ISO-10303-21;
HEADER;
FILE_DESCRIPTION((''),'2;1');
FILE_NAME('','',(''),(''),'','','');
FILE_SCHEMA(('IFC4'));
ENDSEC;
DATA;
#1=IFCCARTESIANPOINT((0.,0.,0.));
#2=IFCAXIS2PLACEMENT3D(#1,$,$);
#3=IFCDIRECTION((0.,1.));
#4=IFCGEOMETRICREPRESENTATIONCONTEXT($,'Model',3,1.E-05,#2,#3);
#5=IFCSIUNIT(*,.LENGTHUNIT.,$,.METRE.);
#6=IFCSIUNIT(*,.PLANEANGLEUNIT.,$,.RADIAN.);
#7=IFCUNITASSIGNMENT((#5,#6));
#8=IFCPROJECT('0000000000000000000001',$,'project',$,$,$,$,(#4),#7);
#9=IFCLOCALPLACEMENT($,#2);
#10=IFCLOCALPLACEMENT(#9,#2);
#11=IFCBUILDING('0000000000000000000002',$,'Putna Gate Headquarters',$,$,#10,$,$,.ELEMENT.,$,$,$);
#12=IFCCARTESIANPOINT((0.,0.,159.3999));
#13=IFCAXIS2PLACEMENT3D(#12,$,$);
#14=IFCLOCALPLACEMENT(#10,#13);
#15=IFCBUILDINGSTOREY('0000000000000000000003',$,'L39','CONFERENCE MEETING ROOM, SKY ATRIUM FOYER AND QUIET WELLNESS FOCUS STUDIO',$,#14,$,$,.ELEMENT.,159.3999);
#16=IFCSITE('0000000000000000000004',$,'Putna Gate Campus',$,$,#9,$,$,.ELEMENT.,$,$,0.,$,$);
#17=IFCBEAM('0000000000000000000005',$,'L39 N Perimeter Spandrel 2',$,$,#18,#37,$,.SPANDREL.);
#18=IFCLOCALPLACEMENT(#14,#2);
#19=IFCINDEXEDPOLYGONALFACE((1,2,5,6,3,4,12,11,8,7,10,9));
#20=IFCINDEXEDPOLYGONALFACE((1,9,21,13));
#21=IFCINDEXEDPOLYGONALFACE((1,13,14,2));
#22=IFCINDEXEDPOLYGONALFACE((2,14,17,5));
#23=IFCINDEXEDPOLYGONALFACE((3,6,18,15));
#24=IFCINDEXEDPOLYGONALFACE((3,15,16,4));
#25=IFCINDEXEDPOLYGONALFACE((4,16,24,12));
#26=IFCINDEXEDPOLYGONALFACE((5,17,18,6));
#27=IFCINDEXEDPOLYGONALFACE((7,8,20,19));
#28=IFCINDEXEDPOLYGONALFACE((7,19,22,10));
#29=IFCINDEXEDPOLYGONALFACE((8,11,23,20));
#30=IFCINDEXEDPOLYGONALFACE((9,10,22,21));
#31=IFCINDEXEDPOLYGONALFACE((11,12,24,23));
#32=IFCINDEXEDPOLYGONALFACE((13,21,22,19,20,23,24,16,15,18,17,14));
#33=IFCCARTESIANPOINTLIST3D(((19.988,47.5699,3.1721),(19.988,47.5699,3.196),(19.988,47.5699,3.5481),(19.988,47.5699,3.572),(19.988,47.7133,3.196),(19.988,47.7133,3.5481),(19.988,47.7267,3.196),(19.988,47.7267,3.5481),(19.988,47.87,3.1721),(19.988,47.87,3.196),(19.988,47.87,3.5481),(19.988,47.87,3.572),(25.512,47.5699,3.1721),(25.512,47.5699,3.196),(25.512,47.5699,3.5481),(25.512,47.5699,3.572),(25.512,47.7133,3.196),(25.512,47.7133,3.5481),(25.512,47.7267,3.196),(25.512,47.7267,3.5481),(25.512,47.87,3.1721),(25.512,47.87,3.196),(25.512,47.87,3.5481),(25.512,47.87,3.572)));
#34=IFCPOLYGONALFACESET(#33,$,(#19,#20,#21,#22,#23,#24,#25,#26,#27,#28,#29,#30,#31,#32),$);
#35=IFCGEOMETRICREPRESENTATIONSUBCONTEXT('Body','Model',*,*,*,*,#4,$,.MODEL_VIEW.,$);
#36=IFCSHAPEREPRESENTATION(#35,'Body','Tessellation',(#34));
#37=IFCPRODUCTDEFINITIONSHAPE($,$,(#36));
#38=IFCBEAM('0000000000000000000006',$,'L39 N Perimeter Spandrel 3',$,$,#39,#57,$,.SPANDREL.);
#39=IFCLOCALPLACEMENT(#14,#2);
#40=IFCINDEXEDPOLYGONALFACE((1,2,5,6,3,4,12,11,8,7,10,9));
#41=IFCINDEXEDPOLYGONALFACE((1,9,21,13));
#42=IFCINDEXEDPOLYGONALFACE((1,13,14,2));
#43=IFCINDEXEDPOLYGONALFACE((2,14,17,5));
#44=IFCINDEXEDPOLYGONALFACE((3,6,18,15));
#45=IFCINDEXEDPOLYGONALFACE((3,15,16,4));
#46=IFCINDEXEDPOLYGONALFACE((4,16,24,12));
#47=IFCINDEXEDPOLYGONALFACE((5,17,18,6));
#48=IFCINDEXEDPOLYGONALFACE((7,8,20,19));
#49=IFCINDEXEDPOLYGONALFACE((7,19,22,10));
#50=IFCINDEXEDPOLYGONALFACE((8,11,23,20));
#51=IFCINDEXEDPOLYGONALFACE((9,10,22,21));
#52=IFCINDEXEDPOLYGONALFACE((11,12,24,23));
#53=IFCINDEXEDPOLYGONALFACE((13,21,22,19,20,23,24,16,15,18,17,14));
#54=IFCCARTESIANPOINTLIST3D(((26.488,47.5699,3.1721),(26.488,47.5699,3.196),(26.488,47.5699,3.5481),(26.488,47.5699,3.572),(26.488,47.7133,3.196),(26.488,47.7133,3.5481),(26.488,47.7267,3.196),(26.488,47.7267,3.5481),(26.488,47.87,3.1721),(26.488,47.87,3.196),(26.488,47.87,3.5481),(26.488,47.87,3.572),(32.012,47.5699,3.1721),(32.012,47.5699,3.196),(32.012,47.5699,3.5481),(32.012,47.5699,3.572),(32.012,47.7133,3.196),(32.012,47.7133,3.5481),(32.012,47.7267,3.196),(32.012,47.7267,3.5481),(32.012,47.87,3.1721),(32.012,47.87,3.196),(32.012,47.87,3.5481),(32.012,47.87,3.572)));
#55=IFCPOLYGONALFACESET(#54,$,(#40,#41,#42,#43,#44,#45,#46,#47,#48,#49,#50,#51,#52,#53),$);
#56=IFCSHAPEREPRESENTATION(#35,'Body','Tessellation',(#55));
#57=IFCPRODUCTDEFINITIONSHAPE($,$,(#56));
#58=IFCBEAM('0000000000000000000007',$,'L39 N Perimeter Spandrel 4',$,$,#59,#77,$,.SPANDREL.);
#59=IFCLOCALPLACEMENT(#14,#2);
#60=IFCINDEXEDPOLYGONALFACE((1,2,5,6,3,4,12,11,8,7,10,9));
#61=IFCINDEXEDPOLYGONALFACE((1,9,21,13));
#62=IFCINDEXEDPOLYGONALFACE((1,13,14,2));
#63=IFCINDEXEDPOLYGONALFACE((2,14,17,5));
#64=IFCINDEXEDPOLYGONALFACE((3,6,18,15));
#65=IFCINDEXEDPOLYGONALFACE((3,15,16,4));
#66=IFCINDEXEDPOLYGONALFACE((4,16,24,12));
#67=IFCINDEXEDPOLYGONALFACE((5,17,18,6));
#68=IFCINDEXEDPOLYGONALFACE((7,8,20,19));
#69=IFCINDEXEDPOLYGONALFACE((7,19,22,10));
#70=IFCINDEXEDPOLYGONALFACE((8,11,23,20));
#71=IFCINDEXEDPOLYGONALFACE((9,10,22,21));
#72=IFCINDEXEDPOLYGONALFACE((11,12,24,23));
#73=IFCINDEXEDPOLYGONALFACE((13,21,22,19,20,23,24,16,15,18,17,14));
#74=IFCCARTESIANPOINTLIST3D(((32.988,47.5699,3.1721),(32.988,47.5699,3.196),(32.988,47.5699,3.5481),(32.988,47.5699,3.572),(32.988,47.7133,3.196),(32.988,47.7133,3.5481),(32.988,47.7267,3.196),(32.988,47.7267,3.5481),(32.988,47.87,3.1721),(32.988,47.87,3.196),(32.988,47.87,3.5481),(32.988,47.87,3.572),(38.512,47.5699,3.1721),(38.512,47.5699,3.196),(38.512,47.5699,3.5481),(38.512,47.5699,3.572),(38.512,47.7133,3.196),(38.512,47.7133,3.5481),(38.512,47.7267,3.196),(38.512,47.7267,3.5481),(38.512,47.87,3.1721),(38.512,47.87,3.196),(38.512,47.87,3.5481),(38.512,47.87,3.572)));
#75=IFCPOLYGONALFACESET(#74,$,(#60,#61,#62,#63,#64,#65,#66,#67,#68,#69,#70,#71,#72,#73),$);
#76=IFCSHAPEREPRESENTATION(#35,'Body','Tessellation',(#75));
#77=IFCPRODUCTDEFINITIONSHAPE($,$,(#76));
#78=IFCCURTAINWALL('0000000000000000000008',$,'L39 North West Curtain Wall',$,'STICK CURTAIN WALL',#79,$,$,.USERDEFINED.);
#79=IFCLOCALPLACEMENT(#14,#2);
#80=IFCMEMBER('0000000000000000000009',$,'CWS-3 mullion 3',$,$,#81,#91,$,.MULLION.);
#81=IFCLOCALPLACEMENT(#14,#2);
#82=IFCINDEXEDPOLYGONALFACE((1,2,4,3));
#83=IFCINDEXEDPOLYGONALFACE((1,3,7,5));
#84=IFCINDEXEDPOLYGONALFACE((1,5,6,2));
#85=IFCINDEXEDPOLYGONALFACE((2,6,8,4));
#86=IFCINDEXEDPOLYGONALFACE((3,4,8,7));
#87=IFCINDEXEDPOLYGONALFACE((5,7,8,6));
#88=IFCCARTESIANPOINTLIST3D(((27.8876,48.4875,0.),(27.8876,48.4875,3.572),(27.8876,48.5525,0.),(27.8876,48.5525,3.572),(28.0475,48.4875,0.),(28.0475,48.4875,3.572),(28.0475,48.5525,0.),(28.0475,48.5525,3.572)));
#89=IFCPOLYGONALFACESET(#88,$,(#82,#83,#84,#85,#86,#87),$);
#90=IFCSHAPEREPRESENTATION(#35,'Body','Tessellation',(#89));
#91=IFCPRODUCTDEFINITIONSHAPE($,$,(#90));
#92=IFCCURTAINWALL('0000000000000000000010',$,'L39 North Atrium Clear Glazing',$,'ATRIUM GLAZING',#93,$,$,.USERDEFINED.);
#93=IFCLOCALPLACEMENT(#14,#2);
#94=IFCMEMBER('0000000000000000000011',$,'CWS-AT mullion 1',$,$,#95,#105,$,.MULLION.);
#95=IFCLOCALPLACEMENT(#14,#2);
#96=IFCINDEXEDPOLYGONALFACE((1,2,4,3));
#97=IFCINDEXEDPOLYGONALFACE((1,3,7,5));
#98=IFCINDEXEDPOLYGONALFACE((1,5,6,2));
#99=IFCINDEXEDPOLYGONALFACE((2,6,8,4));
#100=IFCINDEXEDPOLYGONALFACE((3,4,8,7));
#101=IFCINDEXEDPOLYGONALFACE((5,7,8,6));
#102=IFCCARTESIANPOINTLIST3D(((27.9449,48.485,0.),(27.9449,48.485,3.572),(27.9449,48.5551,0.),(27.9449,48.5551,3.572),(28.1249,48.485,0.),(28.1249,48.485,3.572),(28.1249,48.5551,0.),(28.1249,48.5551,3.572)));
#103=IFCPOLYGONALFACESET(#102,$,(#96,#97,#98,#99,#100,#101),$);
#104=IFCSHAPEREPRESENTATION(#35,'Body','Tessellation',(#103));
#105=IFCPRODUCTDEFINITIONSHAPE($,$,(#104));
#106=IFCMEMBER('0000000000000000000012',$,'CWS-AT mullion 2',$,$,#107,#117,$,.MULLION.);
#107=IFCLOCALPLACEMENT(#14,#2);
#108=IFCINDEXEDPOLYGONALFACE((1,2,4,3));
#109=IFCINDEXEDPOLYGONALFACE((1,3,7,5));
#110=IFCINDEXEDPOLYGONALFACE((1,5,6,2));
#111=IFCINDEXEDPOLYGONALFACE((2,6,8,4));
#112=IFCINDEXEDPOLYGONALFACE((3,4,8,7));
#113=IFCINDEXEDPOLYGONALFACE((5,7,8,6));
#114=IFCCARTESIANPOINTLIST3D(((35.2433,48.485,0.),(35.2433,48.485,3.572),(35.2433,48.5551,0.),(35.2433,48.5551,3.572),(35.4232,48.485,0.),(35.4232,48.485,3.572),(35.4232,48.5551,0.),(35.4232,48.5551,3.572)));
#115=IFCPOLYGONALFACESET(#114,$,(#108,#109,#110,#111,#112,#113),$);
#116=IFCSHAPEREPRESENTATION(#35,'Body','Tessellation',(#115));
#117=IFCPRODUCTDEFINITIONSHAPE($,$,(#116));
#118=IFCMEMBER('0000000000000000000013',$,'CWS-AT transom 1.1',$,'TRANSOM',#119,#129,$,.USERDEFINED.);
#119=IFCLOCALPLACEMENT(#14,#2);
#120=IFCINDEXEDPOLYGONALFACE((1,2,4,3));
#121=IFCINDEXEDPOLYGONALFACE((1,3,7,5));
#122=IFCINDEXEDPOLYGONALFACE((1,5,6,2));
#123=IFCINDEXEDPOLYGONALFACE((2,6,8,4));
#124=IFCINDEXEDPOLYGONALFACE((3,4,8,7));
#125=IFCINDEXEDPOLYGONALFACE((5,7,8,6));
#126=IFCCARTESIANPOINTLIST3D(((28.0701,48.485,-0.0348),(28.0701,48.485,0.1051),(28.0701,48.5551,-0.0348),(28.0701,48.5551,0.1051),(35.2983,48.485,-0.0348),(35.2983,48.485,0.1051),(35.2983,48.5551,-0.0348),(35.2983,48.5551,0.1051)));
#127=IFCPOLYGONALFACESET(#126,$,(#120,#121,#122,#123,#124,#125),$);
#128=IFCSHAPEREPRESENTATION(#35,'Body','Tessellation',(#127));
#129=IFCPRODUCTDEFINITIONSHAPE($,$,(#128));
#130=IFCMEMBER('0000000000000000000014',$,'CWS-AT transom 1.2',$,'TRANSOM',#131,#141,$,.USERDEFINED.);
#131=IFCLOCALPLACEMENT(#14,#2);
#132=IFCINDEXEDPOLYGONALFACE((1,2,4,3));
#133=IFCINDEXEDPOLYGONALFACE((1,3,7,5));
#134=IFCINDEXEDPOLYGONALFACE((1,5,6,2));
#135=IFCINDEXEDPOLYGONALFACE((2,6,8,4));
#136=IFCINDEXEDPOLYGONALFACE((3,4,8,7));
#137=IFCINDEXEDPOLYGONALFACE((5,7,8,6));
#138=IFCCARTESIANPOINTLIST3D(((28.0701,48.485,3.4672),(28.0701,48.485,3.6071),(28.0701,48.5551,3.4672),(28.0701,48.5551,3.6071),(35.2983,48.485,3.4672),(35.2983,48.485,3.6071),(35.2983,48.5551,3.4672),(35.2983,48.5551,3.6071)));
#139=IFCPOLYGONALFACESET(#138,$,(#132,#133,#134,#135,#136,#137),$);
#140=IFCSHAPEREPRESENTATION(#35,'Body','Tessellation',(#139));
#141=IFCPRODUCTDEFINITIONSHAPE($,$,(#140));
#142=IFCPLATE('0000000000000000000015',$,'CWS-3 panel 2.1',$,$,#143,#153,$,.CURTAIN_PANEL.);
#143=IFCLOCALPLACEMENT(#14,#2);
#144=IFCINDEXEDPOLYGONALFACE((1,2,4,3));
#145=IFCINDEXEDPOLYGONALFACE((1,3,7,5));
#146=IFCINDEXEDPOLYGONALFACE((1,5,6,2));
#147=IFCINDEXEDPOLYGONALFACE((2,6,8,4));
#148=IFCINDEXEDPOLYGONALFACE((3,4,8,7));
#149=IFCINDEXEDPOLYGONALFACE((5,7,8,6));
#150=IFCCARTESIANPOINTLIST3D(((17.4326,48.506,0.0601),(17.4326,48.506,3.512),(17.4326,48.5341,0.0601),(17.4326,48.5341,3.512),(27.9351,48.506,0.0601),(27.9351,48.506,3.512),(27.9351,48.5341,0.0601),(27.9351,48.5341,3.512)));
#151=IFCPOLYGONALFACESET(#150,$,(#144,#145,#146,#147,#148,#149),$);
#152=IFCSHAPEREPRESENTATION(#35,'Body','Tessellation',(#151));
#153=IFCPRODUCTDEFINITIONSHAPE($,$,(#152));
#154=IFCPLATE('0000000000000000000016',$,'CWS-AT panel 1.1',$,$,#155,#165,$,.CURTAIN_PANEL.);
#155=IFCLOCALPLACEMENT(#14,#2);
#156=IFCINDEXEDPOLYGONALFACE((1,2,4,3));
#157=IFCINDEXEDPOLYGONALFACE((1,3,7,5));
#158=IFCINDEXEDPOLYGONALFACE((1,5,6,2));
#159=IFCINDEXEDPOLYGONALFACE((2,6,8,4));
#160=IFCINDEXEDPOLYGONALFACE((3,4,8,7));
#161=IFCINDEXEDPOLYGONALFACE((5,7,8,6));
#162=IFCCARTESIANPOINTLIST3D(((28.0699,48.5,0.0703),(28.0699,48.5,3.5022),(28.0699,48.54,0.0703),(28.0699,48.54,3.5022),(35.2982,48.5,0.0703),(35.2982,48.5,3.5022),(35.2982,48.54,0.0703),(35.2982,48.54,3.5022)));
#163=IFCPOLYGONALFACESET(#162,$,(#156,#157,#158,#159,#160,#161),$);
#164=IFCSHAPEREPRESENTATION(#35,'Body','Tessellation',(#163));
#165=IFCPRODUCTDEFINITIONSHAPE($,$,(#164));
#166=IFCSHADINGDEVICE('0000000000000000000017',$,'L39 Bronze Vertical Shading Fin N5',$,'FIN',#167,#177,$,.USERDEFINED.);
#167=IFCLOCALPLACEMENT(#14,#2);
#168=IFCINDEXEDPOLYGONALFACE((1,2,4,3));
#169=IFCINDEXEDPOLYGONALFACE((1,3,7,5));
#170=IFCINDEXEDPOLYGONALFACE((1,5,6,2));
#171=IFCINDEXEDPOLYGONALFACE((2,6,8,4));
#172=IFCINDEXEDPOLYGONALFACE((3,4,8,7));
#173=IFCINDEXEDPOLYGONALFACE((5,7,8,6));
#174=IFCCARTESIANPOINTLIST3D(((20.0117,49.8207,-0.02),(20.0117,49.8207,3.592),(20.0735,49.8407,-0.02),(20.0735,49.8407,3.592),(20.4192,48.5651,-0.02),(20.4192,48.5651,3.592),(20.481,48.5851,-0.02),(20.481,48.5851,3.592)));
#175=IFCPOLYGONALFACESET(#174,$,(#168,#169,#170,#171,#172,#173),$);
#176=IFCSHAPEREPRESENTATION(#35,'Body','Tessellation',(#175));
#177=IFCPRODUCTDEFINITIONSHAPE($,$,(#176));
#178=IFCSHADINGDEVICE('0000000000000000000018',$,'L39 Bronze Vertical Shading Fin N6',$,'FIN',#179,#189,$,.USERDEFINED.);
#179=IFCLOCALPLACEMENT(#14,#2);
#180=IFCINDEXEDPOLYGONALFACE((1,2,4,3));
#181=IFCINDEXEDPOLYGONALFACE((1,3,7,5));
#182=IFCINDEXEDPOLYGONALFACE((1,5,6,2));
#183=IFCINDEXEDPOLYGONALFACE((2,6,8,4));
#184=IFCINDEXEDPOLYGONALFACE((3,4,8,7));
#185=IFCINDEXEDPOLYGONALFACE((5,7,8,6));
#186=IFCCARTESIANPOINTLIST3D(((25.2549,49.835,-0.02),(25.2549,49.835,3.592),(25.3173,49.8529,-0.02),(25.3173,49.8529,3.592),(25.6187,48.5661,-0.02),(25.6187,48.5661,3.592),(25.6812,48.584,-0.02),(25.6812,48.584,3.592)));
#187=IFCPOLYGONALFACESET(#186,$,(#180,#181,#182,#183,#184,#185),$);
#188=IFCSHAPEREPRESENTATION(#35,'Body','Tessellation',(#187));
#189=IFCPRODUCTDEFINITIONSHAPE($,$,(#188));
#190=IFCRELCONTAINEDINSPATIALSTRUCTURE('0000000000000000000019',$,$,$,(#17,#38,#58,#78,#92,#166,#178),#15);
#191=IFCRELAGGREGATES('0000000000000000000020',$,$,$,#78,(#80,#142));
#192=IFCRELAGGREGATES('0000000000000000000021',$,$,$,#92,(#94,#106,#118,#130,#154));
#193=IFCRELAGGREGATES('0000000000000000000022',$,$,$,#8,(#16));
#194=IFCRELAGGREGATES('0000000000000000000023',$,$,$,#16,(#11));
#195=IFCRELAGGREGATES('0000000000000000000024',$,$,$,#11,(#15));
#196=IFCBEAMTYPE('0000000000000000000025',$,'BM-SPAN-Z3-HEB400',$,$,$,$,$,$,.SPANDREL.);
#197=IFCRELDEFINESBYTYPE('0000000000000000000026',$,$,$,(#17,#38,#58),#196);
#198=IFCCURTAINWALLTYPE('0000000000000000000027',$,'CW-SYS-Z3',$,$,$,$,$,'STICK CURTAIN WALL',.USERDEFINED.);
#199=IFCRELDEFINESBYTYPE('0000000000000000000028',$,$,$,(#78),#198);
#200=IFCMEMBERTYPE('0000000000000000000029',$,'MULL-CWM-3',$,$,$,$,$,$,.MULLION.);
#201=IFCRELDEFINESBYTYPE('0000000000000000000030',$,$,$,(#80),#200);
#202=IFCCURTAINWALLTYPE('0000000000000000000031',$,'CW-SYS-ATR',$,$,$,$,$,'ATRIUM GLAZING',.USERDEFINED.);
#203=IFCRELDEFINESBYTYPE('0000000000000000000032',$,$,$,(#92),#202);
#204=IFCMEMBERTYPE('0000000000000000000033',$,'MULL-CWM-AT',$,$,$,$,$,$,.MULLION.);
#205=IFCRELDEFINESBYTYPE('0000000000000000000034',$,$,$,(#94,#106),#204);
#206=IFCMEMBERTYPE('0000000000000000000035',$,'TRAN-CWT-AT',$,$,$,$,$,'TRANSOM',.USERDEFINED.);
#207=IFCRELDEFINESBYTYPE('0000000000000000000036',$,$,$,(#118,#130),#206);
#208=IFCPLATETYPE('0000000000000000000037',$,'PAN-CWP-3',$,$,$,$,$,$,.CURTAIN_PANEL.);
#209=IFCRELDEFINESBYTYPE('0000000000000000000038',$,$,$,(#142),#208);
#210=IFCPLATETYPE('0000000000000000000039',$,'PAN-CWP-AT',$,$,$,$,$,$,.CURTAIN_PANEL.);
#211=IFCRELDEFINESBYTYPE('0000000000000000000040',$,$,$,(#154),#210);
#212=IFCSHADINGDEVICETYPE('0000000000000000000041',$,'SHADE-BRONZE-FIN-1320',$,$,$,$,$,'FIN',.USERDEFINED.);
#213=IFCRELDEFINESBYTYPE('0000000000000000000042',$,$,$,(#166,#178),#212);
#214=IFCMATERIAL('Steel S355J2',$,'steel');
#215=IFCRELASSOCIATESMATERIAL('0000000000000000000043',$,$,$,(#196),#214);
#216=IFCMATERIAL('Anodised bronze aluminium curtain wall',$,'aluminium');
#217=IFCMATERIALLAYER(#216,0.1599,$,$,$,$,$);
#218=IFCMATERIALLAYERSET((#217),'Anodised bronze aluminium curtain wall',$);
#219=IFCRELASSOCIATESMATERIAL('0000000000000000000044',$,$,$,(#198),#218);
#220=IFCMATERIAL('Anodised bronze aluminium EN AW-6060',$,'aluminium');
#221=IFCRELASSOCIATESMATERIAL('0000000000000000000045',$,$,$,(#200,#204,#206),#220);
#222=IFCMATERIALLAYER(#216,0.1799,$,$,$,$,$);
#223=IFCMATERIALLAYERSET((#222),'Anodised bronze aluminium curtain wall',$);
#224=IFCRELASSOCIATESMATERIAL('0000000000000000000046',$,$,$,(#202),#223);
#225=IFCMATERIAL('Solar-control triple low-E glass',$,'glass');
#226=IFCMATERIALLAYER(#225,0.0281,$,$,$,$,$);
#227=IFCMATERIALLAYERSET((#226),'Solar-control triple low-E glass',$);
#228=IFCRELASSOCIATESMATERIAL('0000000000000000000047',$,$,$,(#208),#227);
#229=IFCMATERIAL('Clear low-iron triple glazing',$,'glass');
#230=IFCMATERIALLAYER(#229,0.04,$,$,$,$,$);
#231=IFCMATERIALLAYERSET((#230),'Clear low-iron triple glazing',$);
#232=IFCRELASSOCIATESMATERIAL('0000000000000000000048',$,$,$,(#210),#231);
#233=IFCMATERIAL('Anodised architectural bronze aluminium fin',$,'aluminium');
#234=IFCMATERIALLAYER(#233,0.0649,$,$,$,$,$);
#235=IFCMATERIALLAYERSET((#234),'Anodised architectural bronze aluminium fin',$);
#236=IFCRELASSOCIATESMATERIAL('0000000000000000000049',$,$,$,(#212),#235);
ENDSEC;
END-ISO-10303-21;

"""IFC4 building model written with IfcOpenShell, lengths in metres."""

from ifc_helpers import new_model, si_unit, direction, frame, origin, origin_2d, place, context, subcontext, project, spatial, rectangle, i_section, extrude, material, layer, layer_set, material_profile, profile_set, type_object, element, aggregate, save


model = new_model("IFC4")

# Units and contexts
model_context = context("Model", 3, precision=1e-05, world=origin(), true_north=direction((0.0, 1.0)))
body_context = subcontext(model_context, "Body", "Model", "MODEL_VIEW")
ifc_project = project(units=[si_unit("LENGTHUNIT", "METRE"), si_unit("PLANEANGLEUNIT", "RADIAN")], contexts=[model_context])

# Site, building, storey
site_placement = place(None, origin())
site = spatial("IfcSite", under=ifc_project, at=site_placement, Name="Putna Gate Campus", CompositionType="ELEMENT", RefElevation=0.0)
building_placement = place(site_placement, origin())
building = spatial("IfcBuilding", under=site, at=building_placement, Name="Putna Gate Headquarters", CompositionType="ELEMENT")
storey_placement = place(building_placement, frame((0.0, 0.0, 159.3999)))
storey = spatial("IfcBuildingStorey", under=building, at=storey_placement, Name="L39", Description="CONFERENCE MEETING ROOM, SKY ATRIUM FOYER AND QUIET WELLNESS FOCUS STUDIO", CompositionType="ELEMENT", Elevation=159.3999)

# Beams
ifc_material_1 = material(Name="Steel S355J2", Category="steel")
ifc_material_profile_1 = material_profile(ifc_material_1, i_section(OverallWidth=0.3, OverallDepth=0.3999, WebThickness=0.0134, FlangeThickness=0.0239, at=origin_2d()), Name="Steel S355J2")
ifc_profile_set_1 = profile_set([ifc_material_profile_1], Name="Steel S355J2")
beam_type_1 = type_object("IfcBeamType", Name="BM-SPAN-Z3-HEB400", PredefinedType="SPANDREL", material=ifc_profile_set_1)
for number, where, z_axis, x_axis, name in (
    (1, (19.988, 47.72, 3.3721), (1.0, 0.0, 0.0), (0.0, 1.0, 0.0), "L39 N Perimeter Spandrel 2"),
    (2, (26.488, 47.72, 3.3721), (1.0, 0.0, 0.0), (0.0, 1.0, 0.0), "L39 N Perimeter Spandrel 3"),
    (3, (32.988, 47.72, 3.3721), (1.0, 0.0, 0.0), (0.0, 1.0, 0.0), "L39 N Perimeter Spandrel 4"),
):
    element("IfcBeam", number, at=place(storey_placement, frame(where, z_axis=z_axis, x_axis=x_axis)), inside=storey, type_object=beam_type_1, Name=name, PredefinedType="SPANDREL", context=body_context, shape_type="SweptSolid", body=[
        extrude(i_section(OverallWidth=0.3, OverallDepth=0.3999, WebThickness=0.0134, FlangeThickness=0.0239, at=origin_2d()), origin(), (0.0, 0.0, 1.0), 5.5239),
    ])

# Curtain wall, member
ifc_material_2 = material(Name="Anodised bronze aluminium curtain wall", Category="aluminium")
ifc_layer_1 = layer(ifc_material_2, 0.1599)
ifc_layer_set_1 = layer_set([ifc_layer_1], Name="Anodised bronze aluminium curtain wall")
curtain_wall_type_1 = type_object("IfcCurtainWallType", Name="CW-SYS-Z3", ElementType="STICK CURTAIN WALL", PredefinedType="USERDEFINED", material=ifc_layer_set_1)
curtain_wall_1_placement = place(storey_placement, origin())
curtain_wall_1 = element("IfcCurtainWall", 4, at=curtain_wall_1_placement, inside=storey, type_object=curtain_wall_type_1, Name="L39 North West Curtain Wall", ObjectType="STICK CURTAIN WALL", PredefinedType="USERDEFINED")
ifc_material_3 = material(Name="Anodised bronze aluminium EN AW-6060", Category="aluminium")
ifc_material_profile_2 = material_profile(ifc_material_3, rectangle(XDim=0.0649, YDim=0.1599, at=origin_2d()), Name="Anodised bronze aluminium EN AW-6060")
ifc_profile_set_2 = profile_set([ifc_material_profile_2], Name="Anodised bronze aluminium EN AW-6060")
member_type_1 = type_object("IfcMemberType", Name="MULL-CWM-3", PredefinedType="MULLION", material=ifc_profile_set_2)
member_1_placement = place(storey_placement, frame((27.9675, 48.52, 0.0), z_axis=(0.0, 0.0, 1.0), x_axis=(0.0, 1.0, 0.0)))
member_1 = element("IfcMember", 5, at=member_1_placement, type_object=member_type_1, Name="CWS-3 mullion 3", PredefinedType="MULLION", context=body_context, shape_type="SweptSolid", body=[
    extrude(rectangle(XDim=0.0649, YDim=0.1599, at=origin_2d()), origin(), (0.0, 0.0, 1.0), 3.572),
])

# Curtain wall, members
ifc_layer_2 = layer(ifc_material_2, 0.1799)
ifc_layer_set_2 = layer_set([ifc_layer_2], Name="Anodised bronze aluminium curtain wall")
curtain_wall_type_2 = type_object("IfcCurtainWallType", Name="CW-SYS-ATR", ElementType="ATRIUM GLAZING", PredefinedType="USERDEFINED", material=ifc_layer_set_2)
curtain_wall_2_placement = place(storey_placement, origin())
curtain_wall_2 = element("IfcCurtainWall", 6, at=curtain_wall_2_placement, inside=storey, type_object=curtain_wall_type_2, Name="L39 North Atrium Clear Glazing", ObjectType="ATRIUM GLAZING", PredefinedType="USERDEFINED")
ifc_material_profile_3 = material_profile(ifc_material_3, rectangle(XDim=0.0701, YDim=0.1799, at=origin_2d()), Name="Anodised bronze aluminium EN AW-6060")
ifc_profile_set_3 = profile_set([ifc_material_profile_3], Name="Anodised bronze aluminium EN AW-6060")
member_type_2 = type_object("IfcMemberType", Name="MULL-CWM-AT", PredefinedType="MULLION", material=ifc_profile_set_3)
member_2_placement = place(storey_placement, frame((28.0349, 48.52, 0.0), z_axis=(0.0, 0.0, 1.0), x_axis=(0.0, 1.0, 0.0)))
member_2 = element("IfcMember", 7, at=member_2_placement, type_object=member_type_2, Name="CWS-AT mullion 1", PredefinedType="MULLION", context=body_context, shape_type="SweptSolid", body=[
    extrude(rectangle(XDim=0.0701, YDim=0.1799, at=origin_2d()), origin(), (0.0, 0.0, 1.0), 3.572),
])
member_3_placement = place(storey_placement, frame((35.3333, 48.52, 0.0), z_axis=(0.0, 0.0, 1.0), x_axis=(0.0, 1.0, 0.0)))
member_3 = element("IfcMember", 8, at=member_3_placement, type_object=member_type_2, Name="CWS-AT mullion 2", PredefinedType="MULLION", context=body_context, shape_type="SweptSolid", body=[
    extrude(rectangle(XDim=0.0701, YDim=0.1799, at=origin_2d()), origin(), (0.0, 0.0, 1.0), 3.572),
])
ifc_material_profile_4 = material_profile(ifc_material_3, rectangle(XDim=0.0701, YDim=0.1399, at=origin_2d()), Name="Anodised bronze aluminium EN AW-6060")
ifc_profile_set_4 = profile_set([ifc_material_profile_4], Name="Anodised bronze aluminium EN AW-6060")
member_type_3 = type_object("IfcMemberType", Name="TRAN-CWT-AT", ElementType="TRANSOM", PredefinedType="USERDEFINED", material=ifc_profile_set_4)
member_4_placement = place(storey_placement, frame((28.0701, 48.52, 0.0352), z_axis=(1.0, 0.0, 0.0), x_axis=(0.0, 1.0, 0.0)))
member_4 = element("IfcMember", 9, at=member_4_placement, type_object=member_type_3, Name="CWS-AT transom 1.1", ObjectType="TRANSOM", PredefinedType="USERDEFINED", context=body_context, shape_type="SweptSolid", body=[
    extrude(rectangle(XDim=0.0701, YDim=0.1399, at=origin_2d()), origin(), (0.0, 0.0, 1.0), 7.2283),
])
member_5_placement = place(storey_placement, frame((28.0701, 48.52, 3.5371), z_axis=(1.0, 0.0, 0.0), x_axis=(0.0, 1.0, 0.0)))
member_5 = element("IfcMember", 10, at=member_5_placement, type_object=member_type_3, Name="CWS-AT transom 1.2", ObjectType="TRANSOM", PredefinedType="USERDEFINED", context=body_context, shape_type="SweptSolid", body=[
    extrude(rectangle(XDim=0.0701, YDim=0.1399, at=origin_2d()), origin(), (0.0, 0.0, 1.0), 7.2283),
])

# Plates
ifc_material_4 = material(Name="Solar-control triple low-E glass", Category="glass")
ifc_layer_3 = layer(ifc_material_4, 0.0281)
ifc_layer_set_3 = layer_set([ifc_layer_3], Name="Solar-control triple low-E glass")
plate_type_1 = type_object("IfcPlateType", Name="PAN-CWP-3", PredefinedType="CURTAIN_PANEL", material=ifc_layer_set_3)
plate_1_placement = place(storey_placement, frame((22.6838, 48.52, 0.0601), z_axis=(0.0, 0.0, 1.0), x_axis=(1.0, 0.0, 0.0)))
plate_1 = element("IfcPlate", 11, at=plate_1_placement, type_object=plate_type_1, Name="CWS-3 panel 2.1", PredefinedType="CURTAIN_PANEL", context=body_context, shape_type="SweptSolid", body=[
    extrude(rectangle(XDim=10.5024, YDim=0.0281, at=origin_2d()), origin(), (0.0, 0.0, 1.0), 3.4519),
])
aggregate(curtain_wall_1, [member_1, plate_1])
ifc_material_5 = material(Name="Clear low-iron triple glazing", Category="glass")
ifc_layer_4 = layer(ifc_material_5, 0.04)
ifc_layer_set_4 = layer_set([ifc_layer_4], Name="Clear low-iron triple glazing")
plate_type_2 = type_object("IfcPlateType", Name="PAN-CWP-AT", PredefinedType="CURTAIN_PANEL", material=ifc_layer_set_4)
plate_2_placement = place(storey_placement, frame((31.6841, 48.52, 0.0703), z_axis=(0.0, 0.0, 1.0), x_axis=(1.0, 0.0, 0.0)))
plate_2 = element("IfcPlate", 12, at=plate_2_placement, type_object=plate_type_2, Name="CWS-AT panel 1.1", PredefinedType="CURTAIN_PANEL", context=body_context, shape_type="SweptSolid", body=[
    extrude(rectangle(XDim=7.2283, YDim=0.04, at=origin_2d()), origin(), (0.0, 0.0, 1.0), 3.4319),
])
aggregate(curtain_wall_2, [member_2, member_3, member_4, member_5, plate_2])

# Shading devices
ifc_material_6 = material(Name="Anodised architectural bronze aluminium fin", Category="aluminium")
ifc_layer_5 = layer(ifc_material_6, 0.0649)
ifc_layer_set_5 = layer_set([ifc_layer_5], Name="Anodised architectural bronze aluminium fin")
shading_device_type = type_object("IfcShadingDeviceType", Name="SHADE-BRONZE-FIN-1320", ElementType="FIN", PredefinedType="USERDEFINED", material=ifc_layer_set_5)
for number, where, z_axis, x_axis, name in (
    (13, (20.2463, 49.2029, -0.02), (0.0, 0.0, 1.0), (-0.308685, 0.951164, 0.0), "L39 Bronze Vertical Shading Fin N5"),
    (14, (25.468, 49.2095, -0.02), (0.0, 0.0, 1.0), (-0.275637, 0.961262, 0.0), "L39 Bronze Vertical Shading Fin N6"),
):
    element("IfcShadingDevice", number, at=place(storey_placement, frame(where, z_axis=z_axis, x_axis=x_axis)), inside=storey, type_object=shading_device_type, Name=name, ObjectType="FIN", PredefinedType="USERDEFINED", context=body_context, shape_type="SweptSolid", body=[
        extrude(rectangle(XDim=1.3201, YDim=0.0649, at=origin_2d()), origin(), (0.0, 0.0, 1.0), 3.6121),
    ])

save(model, "model.ifc")
